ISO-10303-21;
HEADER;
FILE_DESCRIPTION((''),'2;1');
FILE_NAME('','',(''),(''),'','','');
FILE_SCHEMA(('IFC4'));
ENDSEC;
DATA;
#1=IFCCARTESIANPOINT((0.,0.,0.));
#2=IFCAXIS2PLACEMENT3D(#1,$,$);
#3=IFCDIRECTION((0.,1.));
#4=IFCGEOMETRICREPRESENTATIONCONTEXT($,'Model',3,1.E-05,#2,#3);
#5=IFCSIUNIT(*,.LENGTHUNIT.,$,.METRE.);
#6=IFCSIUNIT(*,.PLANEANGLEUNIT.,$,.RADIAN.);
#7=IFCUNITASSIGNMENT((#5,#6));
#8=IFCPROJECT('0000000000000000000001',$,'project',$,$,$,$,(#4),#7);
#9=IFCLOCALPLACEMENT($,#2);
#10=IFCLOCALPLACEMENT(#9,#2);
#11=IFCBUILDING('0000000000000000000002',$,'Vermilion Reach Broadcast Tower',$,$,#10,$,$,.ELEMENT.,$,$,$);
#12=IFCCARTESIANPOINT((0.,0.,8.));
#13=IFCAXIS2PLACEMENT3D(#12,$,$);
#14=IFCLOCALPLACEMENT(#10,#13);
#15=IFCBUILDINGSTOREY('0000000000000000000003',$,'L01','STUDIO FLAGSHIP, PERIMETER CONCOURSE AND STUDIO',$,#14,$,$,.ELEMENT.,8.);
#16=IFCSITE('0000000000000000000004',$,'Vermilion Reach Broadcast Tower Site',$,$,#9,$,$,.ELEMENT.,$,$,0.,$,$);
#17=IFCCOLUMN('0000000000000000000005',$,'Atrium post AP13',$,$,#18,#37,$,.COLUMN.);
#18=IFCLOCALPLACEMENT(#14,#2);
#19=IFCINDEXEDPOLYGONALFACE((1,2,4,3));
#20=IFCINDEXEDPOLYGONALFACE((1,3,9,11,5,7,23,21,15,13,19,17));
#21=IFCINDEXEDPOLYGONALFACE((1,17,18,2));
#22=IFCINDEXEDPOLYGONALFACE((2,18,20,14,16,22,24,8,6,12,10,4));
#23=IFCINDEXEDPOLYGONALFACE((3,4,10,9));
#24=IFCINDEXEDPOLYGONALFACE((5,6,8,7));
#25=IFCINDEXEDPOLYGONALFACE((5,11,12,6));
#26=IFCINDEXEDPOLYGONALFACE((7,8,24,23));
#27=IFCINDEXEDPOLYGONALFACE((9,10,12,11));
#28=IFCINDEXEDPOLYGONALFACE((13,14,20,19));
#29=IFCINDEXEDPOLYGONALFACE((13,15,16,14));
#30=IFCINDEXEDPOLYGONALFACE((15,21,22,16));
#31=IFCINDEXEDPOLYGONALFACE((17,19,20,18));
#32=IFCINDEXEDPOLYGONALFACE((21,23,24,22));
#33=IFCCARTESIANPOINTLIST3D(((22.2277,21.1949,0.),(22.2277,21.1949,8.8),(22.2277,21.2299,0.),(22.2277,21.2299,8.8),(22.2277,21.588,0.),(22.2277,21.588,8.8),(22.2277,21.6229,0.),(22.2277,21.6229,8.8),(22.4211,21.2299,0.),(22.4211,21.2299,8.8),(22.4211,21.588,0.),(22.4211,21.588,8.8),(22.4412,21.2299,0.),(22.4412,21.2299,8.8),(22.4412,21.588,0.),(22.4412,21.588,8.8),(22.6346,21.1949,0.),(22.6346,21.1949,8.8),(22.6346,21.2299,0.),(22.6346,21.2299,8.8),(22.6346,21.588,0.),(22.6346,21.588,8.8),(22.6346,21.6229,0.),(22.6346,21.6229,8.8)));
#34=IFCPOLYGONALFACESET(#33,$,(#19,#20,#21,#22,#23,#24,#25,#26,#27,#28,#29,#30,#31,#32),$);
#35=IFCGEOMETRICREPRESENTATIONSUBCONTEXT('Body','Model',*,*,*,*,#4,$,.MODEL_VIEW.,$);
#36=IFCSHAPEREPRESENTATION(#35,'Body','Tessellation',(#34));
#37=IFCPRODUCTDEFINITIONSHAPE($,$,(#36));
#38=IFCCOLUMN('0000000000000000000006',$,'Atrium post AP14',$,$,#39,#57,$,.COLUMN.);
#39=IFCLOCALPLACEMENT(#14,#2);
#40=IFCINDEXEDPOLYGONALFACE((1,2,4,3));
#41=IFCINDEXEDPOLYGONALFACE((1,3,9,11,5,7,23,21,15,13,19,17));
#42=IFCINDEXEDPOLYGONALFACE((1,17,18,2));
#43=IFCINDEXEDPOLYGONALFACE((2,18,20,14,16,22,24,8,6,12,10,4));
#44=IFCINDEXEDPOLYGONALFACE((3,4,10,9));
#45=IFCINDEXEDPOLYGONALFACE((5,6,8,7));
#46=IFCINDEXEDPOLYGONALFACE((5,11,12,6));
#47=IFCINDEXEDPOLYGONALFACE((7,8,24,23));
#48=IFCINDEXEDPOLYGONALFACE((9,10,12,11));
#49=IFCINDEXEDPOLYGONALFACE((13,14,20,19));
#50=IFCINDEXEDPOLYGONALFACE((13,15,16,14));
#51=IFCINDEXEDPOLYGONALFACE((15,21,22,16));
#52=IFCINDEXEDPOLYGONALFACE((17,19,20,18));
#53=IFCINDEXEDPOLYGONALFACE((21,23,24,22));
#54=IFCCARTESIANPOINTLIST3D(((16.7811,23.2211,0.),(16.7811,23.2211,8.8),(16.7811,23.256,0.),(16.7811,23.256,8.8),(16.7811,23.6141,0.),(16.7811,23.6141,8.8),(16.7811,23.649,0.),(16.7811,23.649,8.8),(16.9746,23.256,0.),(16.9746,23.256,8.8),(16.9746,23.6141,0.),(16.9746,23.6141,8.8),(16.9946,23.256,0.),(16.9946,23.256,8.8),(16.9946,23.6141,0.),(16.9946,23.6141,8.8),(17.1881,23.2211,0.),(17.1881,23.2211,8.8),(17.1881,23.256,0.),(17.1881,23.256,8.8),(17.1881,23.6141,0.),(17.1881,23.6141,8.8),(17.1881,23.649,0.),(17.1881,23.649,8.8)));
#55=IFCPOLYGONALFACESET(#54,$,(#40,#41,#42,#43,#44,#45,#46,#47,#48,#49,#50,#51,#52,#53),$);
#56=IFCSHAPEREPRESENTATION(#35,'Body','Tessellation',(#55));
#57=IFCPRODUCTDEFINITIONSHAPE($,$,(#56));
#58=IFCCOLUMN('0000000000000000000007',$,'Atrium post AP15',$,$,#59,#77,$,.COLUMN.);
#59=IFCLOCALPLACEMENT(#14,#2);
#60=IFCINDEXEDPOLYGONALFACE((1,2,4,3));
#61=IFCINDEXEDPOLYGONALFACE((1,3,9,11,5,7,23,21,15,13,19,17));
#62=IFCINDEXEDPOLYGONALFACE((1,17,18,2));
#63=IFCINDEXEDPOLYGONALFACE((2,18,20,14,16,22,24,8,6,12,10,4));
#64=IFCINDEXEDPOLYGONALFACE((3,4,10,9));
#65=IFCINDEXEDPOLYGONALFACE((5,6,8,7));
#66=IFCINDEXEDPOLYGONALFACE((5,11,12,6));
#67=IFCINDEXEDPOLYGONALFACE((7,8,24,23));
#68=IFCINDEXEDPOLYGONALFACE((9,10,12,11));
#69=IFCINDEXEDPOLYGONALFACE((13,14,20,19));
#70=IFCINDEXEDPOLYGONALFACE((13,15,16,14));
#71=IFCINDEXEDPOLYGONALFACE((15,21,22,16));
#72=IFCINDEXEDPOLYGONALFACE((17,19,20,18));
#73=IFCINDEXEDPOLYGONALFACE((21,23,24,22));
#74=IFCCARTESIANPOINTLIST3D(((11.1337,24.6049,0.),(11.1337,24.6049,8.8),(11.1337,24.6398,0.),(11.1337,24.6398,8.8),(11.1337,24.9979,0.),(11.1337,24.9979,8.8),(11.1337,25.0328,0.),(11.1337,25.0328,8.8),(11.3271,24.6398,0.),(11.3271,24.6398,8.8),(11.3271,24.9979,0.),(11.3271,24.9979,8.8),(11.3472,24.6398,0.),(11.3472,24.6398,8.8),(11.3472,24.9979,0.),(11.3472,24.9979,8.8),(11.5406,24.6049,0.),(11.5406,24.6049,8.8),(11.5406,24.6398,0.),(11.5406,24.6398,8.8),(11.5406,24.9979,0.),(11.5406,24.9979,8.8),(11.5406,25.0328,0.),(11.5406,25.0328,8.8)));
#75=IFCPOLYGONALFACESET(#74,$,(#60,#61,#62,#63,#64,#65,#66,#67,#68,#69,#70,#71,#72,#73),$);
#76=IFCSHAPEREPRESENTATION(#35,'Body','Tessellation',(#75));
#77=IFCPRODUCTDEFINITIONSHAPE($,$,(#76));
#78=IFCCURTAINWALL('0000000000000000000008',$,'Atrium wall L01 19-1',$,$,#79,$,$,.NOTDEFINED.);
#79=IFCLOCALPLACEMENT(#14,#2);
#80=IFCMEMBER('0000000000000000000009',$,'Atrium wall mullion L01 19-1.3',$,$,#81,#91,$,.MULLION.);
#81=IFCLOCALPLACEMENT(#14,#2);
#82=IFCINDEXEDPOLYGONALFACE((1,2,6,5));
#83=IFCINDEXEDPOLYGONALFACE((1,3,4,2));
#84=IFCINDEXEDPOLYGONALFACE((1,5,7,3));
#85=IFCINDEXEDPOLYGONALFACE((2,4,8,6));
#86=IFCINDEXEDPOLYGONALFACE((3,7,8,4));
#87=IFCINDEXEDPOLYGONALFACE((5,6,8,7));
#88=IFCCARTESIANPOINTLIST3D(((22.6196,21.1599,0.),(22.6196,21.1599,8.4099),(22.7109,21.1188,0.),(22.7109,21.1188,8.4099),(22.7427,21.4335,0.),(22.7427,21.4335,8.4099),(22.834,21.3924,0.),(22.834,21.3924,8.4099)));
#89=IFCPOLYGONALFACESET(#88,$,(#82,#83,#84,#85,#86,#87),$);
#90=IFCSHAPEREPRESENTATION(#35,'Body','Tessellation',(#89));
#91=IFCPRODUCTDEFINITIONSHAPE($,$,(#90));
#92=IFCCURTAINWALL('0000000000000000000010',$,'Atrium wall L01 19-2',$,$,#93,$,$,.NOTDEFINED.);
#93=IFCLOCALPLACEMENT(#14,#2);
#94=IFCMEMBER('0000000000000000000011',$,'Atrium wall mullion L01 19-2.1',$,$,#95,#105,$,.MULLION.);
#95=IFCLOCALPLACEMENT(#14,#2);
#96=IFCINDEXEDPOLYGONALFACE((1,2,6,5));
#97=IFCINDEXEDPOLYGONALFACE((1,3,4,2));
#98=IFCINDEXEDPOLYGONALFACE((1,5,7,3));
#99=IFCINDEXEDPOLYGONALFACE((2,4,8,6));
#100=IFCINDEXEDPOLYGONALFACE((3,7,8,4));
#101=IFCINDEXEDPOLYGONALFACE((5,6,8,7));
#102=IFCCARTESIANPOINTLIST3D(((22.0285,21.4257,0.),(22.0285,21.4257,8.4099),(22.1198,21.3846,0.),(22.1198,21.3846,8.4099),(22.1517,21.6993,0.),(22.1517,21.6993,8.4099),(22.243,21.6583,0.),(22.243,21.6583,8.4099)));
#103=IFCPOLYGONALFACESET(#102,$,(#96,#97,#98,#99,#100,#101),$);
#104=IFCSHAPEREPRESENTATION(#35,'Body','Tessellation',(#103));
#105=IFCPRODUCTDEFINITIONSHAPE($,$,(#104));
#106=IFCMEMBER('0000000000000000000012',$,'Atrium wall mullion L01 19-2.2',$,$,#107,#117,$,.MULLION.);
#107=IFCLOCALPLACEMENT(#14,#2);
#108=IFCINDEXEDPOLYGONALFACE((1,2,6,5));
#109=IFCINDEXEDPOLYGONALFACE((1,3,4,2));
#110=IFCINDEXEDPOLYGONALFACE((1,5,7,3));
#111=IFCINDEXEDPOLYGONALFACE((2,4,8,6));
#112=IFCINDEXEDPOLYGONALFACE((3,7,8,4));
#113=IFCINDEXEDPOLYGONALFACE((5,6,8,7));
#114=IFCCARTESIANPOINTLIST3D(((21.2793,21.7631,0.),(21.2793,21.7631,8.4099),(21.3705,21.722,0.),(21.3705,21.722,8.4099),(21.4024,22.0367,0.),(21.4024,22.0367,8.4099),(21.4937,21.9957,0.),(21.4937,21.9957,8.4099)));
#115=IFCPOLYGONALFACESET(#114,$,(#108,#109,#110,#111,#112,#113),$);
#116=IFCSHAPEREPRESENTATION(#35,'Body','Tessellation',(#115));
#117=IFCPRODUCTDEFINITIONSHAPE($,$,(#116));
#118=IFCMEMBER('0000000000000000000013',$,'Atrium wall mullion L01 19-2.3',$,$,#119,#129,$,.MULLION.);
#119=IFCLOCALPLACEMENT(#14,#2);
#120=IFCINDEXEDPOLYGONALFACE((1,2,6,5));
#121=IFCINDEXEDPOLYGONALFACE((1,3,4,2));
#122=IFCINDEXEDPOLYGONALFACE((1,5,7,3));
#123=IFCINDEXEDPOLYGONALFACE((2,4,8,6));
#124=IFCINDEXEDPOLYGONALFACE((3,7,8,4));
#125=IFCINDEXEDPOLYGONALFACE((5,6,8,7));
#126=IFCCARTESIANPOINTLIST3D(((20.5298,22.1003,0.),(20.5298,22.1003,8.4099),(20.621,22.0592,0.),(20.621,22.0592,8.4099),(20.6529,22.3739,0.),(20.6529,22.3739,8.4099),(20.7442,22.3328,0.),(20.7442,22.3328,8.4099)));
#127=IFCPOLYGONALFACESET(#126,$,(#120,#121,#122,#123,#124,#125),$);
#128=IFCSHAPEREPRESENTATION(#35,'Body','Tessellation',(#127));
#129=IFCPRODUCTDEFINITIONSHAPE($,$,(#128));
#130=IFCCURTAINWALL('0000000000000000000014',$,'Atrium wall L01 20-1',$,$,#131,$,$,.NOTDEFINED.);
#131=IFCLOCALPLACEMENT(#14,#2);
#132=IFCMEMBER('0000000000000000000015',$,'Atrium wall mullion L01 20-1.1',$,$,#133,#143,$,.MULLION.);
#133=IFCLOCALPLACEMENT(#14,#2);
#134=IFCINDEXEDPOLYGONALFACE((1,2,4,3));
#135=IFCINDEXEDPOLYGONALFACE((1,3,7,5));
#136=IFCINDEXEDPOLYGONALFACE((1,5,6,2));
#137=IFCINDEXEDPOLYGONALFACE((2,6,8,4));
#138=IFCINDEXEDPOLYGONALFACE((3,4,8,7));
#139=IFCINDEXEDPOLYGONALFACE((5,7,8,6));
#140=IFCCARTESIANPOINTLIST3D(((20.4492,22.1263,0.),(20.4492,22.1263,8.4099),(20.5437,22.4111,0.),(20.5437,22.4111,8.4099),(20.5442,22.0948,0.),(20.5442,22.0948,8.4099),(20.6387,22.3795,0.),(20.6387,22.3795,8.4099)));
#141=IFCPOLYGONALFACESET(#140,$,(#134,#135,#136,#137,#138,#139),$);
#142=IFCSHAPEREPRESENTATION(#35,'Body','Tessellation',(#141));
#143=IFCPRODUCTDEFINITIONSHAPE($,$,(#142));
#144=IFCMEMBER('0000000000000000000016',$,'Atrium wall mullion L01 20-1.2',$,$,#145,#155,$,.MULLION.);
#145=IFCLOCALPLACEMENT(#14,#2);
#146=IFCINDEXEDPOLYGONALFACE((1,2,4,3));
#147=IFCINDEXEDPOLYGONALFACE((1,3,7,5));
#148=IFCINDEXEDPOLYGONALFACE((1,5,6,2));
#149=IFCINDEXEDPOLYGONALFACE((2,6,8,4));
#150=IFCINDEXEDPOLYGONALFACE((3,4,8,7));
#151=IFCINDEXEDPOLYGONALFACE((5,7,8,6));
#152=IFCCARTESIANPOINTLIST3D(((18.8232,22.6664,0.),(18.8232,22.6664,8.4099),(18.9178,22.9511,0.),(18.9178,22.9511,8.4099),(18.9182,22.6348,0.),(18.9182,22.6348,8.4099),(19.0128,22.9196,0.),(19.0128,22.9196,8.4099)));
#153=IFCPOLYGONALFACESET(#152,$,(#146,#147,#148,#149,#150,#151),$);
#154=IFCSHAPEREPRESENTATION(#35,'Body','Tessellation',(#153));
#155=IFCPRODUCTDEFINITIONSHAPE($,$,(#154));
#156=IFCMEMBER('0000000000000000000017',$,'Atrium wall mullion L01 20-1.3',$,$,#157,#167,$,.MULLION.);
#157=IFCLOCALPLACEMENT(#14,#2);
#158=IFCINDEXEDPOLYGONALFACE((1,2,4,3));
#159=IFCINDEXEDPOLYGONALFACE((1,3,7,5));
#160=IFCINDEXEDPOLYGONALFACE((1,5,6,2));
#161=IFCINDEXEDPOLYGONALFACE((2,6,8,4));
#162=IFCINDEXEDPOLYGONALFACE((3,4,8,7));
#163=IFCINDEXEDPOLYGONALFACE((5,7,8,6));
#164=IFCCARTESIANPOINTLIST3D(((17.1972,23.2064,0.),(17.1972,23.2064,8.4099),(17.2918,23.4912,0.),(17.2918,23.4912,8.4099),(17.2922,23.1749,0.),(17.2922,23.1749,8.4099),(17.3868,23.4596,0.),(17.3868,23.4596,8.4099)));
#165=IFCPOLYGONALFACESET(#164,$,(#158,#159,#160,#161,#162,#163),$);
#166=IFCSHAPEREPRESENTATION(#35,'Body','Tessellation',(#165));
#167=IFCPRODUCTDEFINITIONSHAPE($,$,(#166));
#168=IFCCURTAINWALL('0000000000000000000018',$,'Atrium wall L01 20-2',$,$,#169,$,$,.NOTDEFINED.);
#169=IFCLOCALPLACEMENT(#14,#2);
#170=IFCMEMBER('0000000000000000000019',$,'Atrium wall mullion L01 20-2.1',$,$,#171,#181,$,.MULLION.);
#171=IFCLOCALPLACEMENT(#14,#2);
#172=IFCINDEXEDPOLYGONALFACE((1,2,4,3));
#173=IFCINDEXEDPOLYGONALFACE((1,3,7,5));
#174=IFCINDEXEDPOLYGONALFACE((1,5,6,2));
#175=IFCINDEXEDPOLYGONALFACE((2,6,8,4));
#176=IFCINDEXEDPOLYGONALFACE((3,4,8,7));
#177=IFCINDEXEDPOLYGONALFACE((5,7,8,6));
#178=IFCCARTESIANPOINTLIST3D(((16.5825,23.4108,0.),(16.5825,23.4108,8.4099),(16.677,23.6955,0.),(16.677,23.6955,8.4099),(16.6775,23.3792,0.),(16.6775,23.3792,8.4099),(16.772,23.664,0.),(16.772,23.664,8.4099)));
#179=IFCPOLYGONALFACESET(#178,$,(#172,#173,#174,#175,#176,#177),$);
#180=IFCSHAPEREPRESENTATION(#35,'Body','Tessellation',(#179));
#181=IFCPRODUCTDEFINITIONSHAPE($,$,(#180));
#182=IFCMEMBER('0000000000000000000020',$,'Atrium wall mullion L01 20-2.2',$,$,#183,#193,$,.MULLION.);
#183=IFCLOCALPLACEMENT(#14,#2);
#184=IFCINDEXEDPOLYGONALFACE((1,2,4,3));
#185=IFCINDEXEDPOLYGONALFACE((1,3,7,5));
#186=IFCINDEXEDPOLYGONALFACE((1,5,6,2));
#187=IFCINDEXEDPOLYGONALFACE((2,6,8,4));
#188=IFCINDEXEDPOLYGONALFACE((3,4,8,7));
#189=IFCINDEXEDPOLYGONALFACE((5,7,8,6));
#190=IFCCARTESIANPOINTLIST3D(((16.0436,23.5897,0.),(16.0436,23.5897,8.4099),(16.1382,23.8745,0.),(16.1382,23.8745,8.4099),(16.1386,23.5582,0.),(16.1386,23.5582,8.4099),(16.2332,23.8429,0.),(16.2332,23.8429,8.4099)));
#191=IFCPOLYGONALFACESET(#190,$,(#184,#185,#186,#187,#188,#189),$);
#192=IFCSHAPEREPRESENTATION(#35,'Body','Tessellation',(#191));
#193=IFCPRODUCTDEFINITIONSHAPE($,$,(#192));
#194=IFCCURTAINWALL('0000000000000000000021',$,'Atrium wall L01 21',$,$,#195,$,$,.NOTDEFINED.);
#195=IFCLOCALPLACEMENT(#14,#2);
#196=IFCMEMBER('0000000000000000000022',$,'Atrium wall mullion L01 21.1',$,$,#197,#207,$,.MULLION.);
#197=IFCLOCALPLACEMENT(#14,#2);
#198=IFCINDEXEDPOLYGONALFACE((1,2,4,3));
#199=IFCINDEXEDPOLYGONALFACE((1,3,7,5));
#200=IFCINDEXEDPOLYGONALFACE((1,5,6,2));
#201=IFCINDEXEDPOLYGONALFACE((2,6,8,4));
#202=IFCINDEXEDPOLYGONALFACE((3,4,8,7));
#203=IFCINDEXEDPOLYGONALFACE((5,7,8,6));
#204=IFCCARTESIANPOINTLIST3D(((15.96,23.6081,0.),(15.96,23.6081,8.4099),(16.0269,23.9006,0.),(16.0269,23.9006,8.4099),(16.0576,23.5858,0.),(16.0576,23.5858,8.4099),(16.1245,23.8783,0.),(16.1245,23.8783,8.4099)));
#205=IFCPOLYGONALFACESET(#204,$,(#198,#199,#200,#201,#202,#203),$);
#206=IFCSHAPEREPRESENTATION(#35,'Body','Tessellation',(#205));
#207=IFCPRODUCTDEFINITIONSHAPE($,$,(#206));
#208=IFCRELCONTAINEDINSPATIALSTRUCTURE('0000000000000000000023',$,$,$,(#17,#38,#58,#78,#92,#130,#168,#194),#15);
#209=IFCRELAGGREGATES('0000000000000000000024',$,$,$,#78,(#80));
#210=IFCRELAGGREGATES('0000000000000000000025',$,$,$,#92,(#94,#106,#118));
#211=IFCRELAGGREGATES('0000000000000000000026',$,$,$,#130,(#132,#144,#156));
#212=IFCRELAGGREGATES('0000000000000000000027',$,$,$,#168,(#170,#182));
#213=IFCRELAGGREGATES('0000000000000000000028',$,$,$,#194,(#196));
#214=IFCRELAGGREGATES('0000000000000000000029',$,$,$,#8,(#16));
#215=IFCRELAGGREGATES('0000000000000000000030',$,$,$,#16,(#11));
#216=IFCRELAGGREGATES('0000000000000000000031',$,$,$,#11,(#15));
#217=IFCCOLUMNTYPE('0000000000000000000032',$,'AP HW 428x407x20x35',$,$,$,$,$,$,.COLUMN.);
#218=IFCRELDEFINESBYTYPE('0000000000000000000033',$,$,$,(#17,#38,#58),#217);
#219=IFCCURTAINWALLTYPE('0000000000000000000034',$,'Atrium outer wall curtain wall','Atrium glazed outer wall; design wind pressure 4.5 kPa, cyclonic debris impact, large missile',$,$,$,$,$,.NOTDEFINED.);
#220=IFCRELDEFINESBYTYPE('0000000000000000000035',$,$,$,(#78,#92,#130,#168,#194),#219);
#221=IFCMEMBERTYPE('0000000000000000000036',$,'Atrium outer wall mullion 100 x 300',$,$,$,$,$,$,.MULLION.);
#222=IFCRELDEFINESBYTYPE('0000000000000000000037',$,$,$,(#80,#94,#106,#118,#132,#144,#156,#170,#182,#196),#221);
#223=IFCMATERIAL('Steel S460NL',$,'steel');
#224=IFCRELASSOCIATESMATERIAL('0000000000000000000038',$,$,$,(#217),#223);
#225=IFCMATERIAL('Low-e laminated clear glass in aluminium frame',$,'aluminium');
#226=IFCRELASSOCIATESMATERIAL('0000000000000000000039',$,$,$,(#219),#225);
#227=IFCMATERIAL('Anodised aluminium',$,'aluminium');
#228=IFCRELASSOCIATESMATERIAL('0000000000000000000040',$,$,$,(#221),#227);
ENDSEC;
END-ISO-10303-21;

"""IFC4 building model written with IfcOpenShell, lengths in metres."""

from ifc_helpers import new_model, si_unit, direction, frame, origin, origin_2d, place, context, subcontext, project, spatial, rectangle, i_section, extrude, material, material_profile, profile_set, type_object, element, aggregate, save


model = new_model("IFC4")

# Units and contexts
model_context = context("Model", 3, precision=1e-05, world=origin(), true_north=direction((0.0, 1.0)))
body_context = subcontext(model_context, "Body", "Model", "MODEL_VIEW")
ifc_project = project(units=[si_unit("LENGTHUNIT", "METRE"), si_unit("PLANEANGLEUNIT", "RADIAN")], contexts=[model_context])

# Site, building, storey
site_placement = place(None, origin())
site = spatial("IfcSite", under=ifc_project, at=site_placement, Name="Vermilion Reach Broadcast Tower Site", CompositionType="ELEMENT", RefElevation=0.0)
building_placement = place(site_placement, origin())
building = spatial("IfcBuilding", under=site, at=building_placement, Name="Vermilion Reach Broadcast Tower", CompositionType="ELEMENT")
storey_placement = place(building_placement, frame((0.0, 0.0, 8.0)))
storey = spatial("IfcBuildingStorey", under=building, at=storey_placement, Name="L01", Description="STUDIO FLAGSHIP, PERIMETER CONCOURSE AND STUDIO", CompositionType="ELEMENT", Elevation=8.0)

# Columns
ifc_material_1 = material(Name="Steel S460NL", Category="steel")
ifc_material_profile_1 = material_profile(ifc_material_1, i_section(OverallWidth=0.407, OverallDepth=0.428, WebThickness=0.02, FlangeThickness=0.0349, at=origin_2d()), Name="S460NL HW 428x407x20x35")
ifc_profile_set_1 = profile_set([ifc_material_profile_1], Name="Steel S460NL")
column_type = type_object("IfcColumnType", Name="AP HW 428x407x20x35", PredefinedType="COLUMN", material=ifc_profile_set_1)
for number, where, z_axis, x_axis, name in (
    (1, (22.4312, 21.4089, 0.0), (0.0, 0.0, 1.0), (1.0, 0.0, 0.0), "Atrium post AP13"),
    (2, (16.9846, 23.4351, 0.0), (0.0, 0.0, 1.0), (1.0, 0.0, 0.0), "Atrium post AP14"),
    (3, (11.3372, 24.8188, 0.0), (0.0, 0.0, 1.0), (1.0, 0.0, 0.0), "Atrium post AP15"),
):
    element("IfcColumn", number, at=place(storey_placement, frame(where, z_axis=z_axis, x_axis=x_axis)), inside=storey, type_object=column_type, Name=name, PredefinedType="COLUMN", context=body_context, shape_type="SweptSolid", body=[
        extrude(i_section(OverallWidth=0.407, OverallDepth=0.428, WebThickness=0.02, FlangeThickness=0.0349, at=origin_2d()), origin(), (0.0, 0.0, 1.0), 8.8),
    ])

# Curtain wall, member
ifc_material_2 = material(Name="Low-e laminated clear glass in aluminium frame", Category="aluminium")
curtain_wall_type = type_object("IfcCurtainWallType", Name="Atrium outer wall curtain wall", Description="Atrium glazed outer wall; design wind pressure 4.5 kPa, cyclonic debris impact, large missile", PredefinedType="NOTDEFINED", material=ifc_material_2)
placement = place(storey_placement, origin())
curtain_wall_1 = element("IfcCurtainWall", 4, at=placement, inside=storey, type_object=curtain_wall_type, Name="Atrium wall L01 19-1", PredefinedType="NOTDEFINED")
ifc_material_3 = material(Name="Anodised aluminium", Category="aluminium")
ifc_material_profile_2 = material_profile(ifc_material_3, rectangle(XDim=0.3, YDim=0.1001, at=origin_2d()), Name="Atrium outer wall mullion 100 x 300")
ifc_profile_set_2 = profile_set([ifc_material_profile_2], Name="Anodised aluminium")
member_type_1 = type_object("IfcMemberType", Name="Atrium outer wall mullion 100 x 300", PredefinedType="MULLION", material=ifc_profile_set_2)
member_1_placement = place(storey_placement, frame((22.7268, 21.2761, 0.0), z_axis=(0.0, 0.0, 1.0), x_axis=(-0.410408, -0.911902, 0.0)))
member_1 = element("IfcMember", 5, at=member_1_placement, type_object=member_type_1, Name="Atrium wall mullion L01 19-1.3", PredefinedType="MULLION", context=body_context, shape_type="SweptSolid", body=[
    extrude(rectangle(XDim=0.3, YDim=0.1001, at=origin_2d()), origin(), (0.0, 0.0, 1.0), 8.4099),
])

# Curtain walls, members
curtain_wall_2 = element("IfcCurtainWall", 6, at=placement, inside=storey, type_object=curtain_wall_type, Name="Atrium wall L01 19-2", PredefinedType="NOTDEFINED")
member_2_placement = place(storey_placement, frame((22.1357, 21.542, 0.0), z_axis=(0.0, 0.0, 1.0), x_axis=(-0.410408, -0.911902, 0.0)))
member_2 = element("IfcMember", 7, at=member_2_placement, type_object=member_type_1, Name="Atrium wall mullion L01 19-2.1", PredefinedType="MULLION", context=body_context, shape_type="SweptSolid", body=[
    extrude(rectangle(XDim=0.3, YDim=0.1001, at=origin_2d()), origin(), (0.0, 0.0, 1.0), 8.4099),
])
member_3_placement = place(storey_placement, frame((21.3865, 21.8794, 0.0), z_axis=(0.0, 0.0, 1.0), x_axis=(-0.410408, -0.911902, 0.0)))
member_3 = element("IfcMember", 8, at=member_3_placement, type_object=member_type_1, Name="Atrium wall mullion L01 19-2.2", PredefinedType="MULLION", context=body_context, shape_type="SweptSolid", body=[
    extrude(rectangle(XDim=0.3, YDim=0.1001, at=origin_2d()), origin(), (0.0, 0.0, 1.0), 8.4099),
])
member_4_placement = place(storey_placement, frame((20.637, 22.2166, 0.0), z_axis=(0.0, 0.0, 1.0), x_axis=(-0.410408, -0.911902, 0.0)))
member_4 = element("IfcMember", 9, at=member_4_placement, type_object=member_type_1, Name="Atrium wall mullion L01 19-2.3", PredefinedType="MULLION", context=body_context, shape_type="SweptSolid", body=[
    extrude(rectangle(XDim=0.3, YDim=0.1001, at=origin_2d()), origin(), (0.0, 0.0, 1.0), 8.4099),
])
curtain_wall_3 = element("IfcCurtainWall", 10, at=placement, inside=storey, type_object=curtain_wall_type, Name="Atrium wall L01 20-1", PredefinedType="NOTDEFINED")
member_5_placement = place(storey_placement, frame((20.5439, 22.2529, 0.0), z_axis=(0.0, 0.0, 1.0), x_axis=(-0.315228, -0.949016, 0.0)))
member_5 = element("IfcMember", 11, at=member_5_placement, type_object=member_type_1, Name="Atrium wall mullion L01 20-1.1", PredefinedType="MULLION", context=body_context, shape_type="SweptSolid", body=[
    extrude(rectangle(XDim=0.3, YDim=0.1001, at=origin_2d()), origin(), (0.0, 0.0, 1.0), 8.4099),
])
member_6_placement = place(storey_placement, frame((18.918, 22.793, 0.0), z_axis=(0.0, 0.0, 1.0), x_axis=(-0.315228, -0.949016, 0.0)))
member_6 = element("IfcMember", 12, at=member_6_placement, type_object=member_type_1, Name="Atrium wall mullion L01 20-1.2", PredefinedType="MULLION", context=body_context, shape_type="SweptSolid", body=[
    extrude(rectangle(XDim=0.3, YDim=0.1001, at=origin_2d()), origin(), (0.0, 0.0, 1.0), 8.4099),
])
member_7_placement = place(storey_placement, frame((17.292, 23.333, 0.0), z_axis=(0.0, 0.0, 1.0), x_axis=(-0.315228, -0.949016, 0.0)))
member_7 = element("IfcMember", 13, at=member_7_placement, type_object=member_type_1, Name="Atrium wall mullion L01 20-1.3", PredefinedType="MULLION", context=body_context, shape_type="SweptSolid", body=[
    extrude(rectangle(XDim=0.3, YDim=0.1001, at=origin_2d()), origin(), (0.0, 0.0, 1.0), 8.4099),
])
curtain_wall_4 = element("IfcCurtainWall", 14, at=placement, inside=storey, type_object=curtain_wall_type, Name="Atrium wall L01 20-2", PredefinedType="NOTDEFINED")
member_8_placement = place(storey_placement, frame((16.6772, 23.5374, 0.0), z_axis=(0.0, 0.0, 1.0), x_axis=(-0.315228, -0.949016, 0.0)))
member_8 = element("IfcMember", 15, at=member_8_placement, type_object=member_type_1, Name="Atrium wall mullion L01 20-2.1", PredefinedType="MULLION", context=body_context, shape_type="SweptSolid", body=[
    extrude(rectangle(XDim=0.3, YDim=0.1001, at=origin_2d()), origin(), (0.0, 0.0, 1.0), 8.4099),
])
member_9_placement = place(storey_placement, frame((16.1384, 23.7163, 0.0), z_axis=(0.0, 0.0, 1.0), x_axis=(-0.315228, -0.949016, 0.0)))
member_9 = element("IfcMember", 16, at=member_9_placement, type_object=member_type_1, Name="Atrium wall mullion L01 20-2.2", PredefinedType="MULLION", context=body_context, shape_type="SweptSolid", body=[
    extrude(rectangle(XDim=0.3, YDim=0.1001, at=origin_2d()), origin(), (0.0, 0.0, 1.0), 8.4099),
])
curtain_wall_5 = element("IfcCurtainWall", 17, at=placement, inside=storey, type_object=curtain_wall_type, Name="Atrium wall L01 21", PredefinedType="NOTDEFINED")
member_10_placement = place(storey_placement, frame((16.0422, 23.7432, 0.0), z_axis=(0.0, 0.0, 1.0), x_axis=(-0.222892, -0.974843, 0.0)))
member_10 = element("IfcMember", 18, at=member_10_placement, type_object=member_type_1, Name="Atrium wall mullion L01 21.1", PredefinedType="MULLION", context=body_context, shape_type="SweptSolid", body=[
    extrude(rectangle(XDim=0.3, YDim=0.1001, at=origin_2d()), origin(), (0.0, 0.0, 1.0), 8.4099),
])

aggregate(curtain_wall_1, [member_1])
aggregate(curtain_wall_2, [member_2, member_3, member_4])
aggregate(curtain_wall_3, [member_5, member_6, member_7])
aggregate(curtain_wall_4, [member_8, member_9])
aggregate(curtain_wall_5, [member_10])

save(model, "model.ifc")
